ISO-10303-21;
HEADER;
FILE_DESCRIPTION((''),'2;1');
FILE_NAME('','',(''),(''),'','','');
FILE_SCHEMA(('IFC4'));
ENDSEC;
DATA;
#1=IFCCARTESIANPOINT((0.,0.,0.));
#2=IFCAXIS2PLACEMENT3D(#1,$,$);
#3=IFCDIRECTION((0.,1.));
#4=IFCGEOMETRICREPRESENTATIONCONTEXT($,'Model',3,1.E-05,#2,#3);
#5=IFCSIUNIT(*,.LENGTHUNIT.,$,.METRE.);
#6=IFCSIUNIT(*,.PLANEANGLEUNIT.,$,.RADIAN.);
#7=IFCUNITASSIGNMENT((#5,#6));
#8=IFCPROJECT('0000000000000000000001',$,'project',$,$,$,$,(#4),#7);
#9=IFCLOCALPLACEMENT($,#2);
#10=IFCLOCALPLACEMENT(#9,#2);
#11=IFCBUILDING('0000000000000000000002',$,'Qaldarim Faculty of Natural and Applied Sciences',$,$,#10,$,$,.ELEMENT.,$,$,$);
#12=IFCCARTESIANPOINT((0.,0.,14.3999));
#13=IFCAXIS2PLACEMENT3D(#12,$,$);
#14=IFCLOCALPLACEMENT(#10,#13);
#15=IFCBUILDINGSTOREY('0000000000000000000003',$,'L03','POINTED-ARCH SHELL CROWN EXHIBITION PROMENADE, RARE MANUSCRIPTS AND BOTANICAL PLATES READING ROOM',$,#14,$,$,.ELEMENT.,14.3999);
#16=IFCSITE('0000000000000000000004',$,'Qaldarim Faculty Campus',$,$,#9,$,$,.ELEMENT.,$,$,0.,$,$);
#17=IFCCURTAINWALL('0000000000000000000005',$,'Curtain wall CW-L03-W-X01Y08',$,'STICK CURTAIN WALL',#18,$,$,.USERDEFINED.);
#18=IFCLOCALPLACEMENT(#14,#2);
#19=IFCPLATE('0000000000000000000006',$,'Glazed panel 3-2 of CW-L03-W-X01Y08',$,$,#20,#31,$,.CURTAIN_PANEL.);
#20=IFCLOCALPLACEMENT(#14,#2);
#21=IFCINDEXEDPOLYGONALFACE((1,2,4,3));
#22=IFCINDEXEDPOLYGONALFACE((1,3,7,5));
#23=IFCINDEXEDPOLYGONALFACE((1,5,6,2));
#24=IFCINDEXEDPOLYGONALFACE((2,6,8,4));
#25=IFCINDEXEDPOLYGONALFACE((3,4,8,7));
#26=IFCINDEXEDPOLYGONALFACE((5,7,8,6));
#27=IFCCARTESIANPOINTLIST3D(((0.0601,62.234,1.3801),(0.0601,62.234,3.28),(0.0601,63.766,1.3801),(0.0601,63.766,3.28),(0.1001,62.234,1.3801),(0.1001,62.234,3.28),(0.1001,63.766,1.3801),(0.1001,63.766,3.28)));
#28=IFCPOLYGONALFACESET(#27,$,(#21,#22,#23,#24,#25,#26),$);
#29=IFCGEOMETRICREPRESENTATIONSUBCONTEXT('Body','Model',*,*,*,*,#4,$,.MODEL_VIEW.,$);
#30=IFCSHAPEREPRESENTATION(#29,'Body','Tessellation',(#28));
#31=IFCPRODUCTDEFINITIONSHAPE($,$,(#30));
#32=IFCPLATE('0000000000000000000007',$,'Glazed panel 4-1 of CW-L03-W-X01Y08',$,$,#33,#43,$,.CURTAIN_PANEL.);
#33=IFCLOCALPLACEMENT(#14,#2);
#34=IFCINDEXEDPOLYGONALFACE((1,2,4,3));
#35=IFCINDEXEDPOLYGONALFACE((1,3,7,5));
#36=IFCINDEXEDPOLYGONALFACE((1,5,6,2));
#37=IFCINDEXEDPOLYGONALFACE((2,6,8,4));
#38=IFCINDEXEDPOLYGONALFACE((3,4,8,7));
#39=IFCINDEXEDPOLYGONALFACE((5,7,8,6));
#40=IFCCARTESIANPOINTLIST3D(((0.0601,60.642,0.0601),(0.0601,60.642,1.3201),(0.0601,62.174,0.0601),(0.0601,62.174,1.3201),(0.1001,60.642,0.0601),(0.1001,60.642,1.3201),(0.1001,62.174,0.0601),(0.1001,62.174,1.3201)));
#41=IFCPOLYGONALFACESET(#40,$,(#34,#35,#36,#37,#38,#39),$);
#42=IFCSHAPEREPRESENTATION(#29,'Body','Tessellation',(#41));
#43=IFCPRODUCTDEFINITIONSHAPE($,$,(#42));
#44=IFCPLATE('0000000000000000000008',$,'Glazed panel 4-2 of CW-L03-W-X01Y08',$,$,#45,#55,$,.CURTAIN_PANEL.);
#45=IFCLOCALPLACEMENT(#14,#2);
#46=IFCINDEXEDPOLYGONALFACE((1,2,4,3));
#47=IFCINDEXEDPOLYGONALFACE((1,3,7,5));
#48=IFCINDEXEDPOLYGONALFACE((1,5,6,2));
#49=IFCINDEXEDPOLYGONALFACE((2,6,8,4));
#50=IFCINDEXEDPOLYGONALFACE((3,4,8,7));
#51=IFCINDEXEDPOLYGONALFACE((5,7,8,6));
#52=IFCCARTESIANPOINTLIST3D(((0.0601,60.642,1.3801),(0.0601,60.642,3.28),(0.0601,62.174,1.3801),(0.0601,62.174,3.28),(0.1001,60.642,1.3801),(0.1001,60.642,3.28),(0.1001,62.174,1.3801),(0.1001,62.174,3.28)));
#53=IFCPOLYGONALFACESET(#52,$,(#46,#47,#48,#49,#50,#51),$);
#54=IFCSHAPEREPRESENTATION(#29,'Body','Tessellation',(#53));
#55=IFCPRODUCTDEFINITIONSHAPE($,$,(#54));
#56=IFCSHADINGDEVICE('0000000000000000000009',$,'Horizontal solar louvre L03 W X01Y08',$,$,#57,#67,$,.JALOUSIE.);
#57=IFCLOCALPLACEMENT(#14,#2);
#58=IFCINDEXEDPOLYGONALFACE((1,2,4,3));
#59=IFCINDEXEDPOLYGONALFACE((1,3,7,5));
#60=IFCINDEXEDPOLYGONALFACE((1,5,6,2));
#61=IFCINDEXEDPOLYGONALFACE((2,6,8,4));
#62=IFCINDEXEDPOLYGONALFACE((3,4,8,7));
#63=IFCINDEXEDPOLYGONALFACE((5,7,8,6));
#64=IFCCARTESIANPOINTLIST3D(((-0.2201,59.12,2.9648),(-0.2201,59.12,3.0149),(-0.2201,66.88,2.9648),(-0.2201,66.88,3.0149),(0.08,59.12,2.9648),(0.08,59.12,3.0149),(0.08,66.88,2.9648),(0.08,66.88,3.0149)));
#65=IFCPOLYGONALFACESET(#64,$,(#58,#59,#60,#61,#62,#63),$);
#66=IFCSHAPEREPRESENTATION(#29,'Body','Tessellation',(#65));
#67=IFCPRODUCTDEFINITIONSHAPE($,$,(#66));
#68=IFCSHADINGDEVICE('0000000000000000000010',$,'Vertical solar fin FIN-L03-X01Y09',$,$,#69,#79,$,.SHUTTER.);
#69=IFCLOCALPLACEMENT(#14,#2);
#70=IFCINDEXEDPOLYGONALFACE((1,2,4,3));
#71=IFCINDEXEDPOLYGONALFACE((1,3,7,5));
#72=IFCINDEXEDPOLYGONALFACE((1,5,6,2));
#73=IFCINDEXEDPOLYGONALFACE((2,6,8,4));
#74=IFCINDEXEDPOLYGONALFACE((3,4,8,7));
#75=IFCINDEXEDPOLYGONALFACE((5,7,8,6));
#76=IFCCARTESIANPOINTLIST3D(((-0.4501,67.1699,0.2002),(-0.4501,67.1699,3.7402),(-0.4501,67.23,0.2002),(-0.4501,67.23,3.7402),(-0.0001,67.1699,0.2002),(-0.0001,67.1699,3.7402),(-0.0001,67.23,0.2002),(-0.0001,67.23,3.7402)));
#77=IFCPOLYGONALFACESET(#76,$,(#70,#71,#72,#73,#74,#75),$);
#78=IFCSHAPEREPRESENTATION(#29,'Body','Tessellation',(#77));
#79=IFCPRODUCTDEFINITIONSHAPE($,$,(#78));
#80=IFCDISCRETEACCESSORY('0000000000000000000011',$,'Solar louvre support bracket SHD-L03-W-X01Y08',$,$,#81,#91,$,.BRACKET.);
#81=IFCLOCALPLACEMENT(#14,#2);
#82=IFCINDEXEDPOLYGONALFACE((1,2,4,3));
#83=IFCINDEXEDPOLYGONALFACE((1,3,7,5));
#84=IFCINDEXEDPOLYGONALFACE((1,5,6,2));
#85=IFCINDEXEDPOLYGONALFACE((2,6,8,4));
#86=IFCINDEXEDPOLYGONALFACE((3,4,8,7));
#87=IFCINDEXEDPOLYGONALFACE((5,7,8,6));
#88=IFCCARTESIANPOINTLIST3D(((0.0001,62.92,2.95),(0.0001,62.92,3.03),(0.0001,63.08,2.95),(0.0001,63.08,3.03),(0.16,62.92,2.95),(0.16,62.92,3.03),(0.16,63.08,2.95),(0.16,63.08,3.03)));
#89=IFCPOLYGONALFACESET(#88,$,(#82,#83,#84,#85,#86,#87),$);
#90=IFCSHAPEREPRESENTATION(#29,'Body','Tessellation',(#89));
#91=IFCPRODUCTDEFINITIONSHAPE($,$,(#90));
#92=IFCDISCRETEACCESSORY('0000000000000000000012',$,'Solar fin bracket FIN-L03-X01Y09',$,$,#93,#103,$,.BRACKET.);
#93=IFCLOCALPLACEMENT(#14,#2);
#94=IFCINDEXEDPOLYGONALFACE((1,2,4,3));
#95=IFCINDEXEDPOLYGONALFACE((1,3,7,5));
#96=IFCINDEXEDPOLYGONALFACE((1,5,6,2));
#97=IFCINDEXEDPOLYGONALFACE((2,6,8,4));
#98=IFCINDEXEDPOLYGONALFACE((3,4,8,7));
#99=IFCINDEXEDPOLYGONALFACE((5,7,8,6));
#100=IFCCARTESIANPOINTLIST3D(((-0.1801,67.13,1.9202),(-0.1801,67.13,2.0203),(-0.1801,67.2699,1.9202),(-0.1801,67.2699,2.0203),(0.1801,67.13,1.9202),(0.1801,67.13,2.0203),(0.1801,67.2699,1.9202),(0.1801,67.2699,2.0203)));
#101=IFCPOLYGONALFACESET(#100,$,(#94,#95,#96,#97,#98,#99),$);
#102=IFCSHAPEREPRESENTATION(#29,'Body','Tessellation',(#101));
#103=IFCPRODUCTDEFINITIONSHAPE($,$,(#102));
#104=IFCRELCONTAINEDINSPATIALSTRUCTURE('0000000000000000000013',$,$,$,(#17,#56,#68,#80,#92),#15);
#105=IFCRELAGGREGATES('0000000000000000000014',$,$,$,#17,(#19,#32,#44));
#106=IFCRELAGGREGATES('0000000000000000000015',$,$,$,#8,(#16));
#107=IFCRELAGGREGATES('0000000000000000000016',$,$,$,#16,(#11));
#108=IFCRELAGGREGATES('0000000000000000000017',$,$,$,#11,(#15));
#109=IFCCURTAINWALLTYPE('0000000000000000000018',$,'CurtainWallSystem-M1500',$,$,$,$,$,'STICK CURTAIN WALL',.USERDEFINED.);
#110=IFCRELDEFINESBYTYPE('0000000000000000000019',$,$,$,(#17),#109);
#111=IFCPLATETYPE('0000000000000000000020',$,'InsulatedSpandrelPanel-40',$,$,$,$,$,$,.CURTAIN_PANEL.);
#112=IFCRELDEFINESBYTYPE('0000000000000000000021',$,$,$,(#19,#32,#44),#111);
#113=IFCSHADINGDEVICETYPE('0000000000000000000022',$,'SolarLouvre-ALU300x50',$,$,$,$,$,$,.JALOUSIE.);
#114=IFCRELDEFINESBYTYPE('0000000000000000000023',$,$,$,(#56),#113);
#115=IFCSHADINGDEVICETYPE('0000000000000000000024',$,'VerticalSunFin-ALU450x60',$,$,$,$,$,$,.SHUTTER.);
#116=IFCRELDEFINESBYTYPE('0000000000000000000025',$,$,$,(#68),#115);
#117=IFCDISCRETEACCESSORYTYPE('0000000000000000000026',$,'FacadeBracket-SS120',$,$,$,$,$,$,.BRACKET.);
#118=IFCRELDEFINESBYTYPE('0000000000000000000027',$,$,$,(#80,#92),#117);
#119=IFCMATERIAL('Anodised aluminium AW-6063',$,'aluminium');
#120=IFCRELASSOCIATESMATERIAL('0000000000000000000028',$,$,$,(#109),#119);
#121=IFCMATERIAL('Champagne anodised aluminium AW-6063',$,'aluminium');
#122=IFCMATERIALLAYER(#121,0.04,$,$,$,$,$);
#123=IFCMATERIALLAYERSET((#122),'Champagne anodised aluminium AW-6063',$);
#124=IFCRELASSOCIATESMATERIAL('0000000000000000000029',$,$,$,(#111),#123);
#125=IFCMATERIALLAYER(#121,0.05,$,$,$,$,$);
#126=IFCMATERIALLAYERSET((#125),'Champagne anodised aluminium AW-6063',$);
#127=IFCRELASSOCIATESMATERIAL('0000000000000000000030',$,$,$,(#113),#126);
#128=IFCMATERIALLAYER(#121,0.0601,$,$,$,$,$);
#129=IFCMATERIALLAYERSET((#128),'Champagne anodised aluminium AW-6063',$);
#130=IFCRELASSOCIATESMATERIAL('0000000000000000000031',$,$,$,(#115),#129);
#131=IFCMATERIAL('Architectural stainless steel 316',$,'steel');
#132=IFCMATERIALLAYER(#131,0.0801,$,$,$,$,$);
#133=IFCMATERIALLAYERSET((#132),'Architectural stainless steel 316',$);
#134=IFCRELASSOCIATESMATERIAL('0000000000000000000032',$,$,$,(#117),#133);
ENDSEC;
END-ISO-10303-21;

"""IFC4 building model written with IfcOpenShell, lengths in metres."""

from ifc_helpers import new_model, si_unit, direction, frame, origin, origin_2d, place, context, subcontext, project, spatial, rectangle, extrude, material, layer, layer_set, type_object, element, aggregate, save


model = new_model("IFC4")

# Units and contexts
model_context = context("Model", 3, precision=1e-05, world=origin(), true_north=direction((0.0, 1.0)))
body_context = subcontext(model_context, "Body", "Model", "MODEL_VIEW")
ifc_project = project(units=[si_unit("LENGTHUNIT", "METRE"), si_unit("PLANEANGLEUNIT", "RADIAN")], contexts=[model_context])

# Site, building, storey
site_placement = place(None, origin())
site = spatial("IfcSite", under=ifc_project, at=site_placement, Name="Qaldarim Faculty Campus", CompositionType="ELEMENT", RefElevation=0.0)
building_placement = place(site_placement, origin())
building = spatial("IfcBuilding", under=site, at=building_placement, Name="Qaldarim Faculty of Natural and Applied Sciences", CompositionType="ELEMENT")
storey_placement = place(building_placement, frame((0.0, 0.0, 14.3999)))
storey = spatial("IfcBuildingStorey", under=building, at=storey_placement, Name="L03", Description="POINTED-ARCH SHELL CROWN EXHIBITION PROMENADE, RARE MANUSCRIPTS AND BOTANICAL PLATES READING ROOM", CompositionType="ELEMENT", Elevation=14.3999)

# Curtain wall
ifc_material_1 = material(Name="Anodised aluminium AW-6063", Category="aluminium")
curtain_wall_type = type_object("IfcCurtainWallType", Name="CurtainWallSystem-M1500", ElementType="STICK CURTAIN WALL", PredefinedType="USERDEFINED", material=ifc_material_1)
curtain_wall_placement = place(storey_placement, origin())
curtain_wall = element("IfcCurtainWall", 1, at=curtain_wall_placement, inside=storey, type_object=curtain_wall_type, Name="Curtain wall CW-L03-W-X01Y08", ObjectType="STICK CURTAIN WALL", PredefinedType="USERDEFINED")

# Plates
ifc_material_2 = material(Name="Champagne anodised aluminium AW-6063", Category="aluminium")
ifc_layer_1 = layer(ifc_material_2, 0.04)
ifc_layer_set_1 = layer_set([ifc_layer_1], Name="Champagne anodised aluminium AW-6063")
plate_type = type_object("IfcPlateType", Name="InsulatedSpandrelPanel-40", PredefinedType="CURTAIN_PANEL", material=ifc_layer_set_1)
plate_1_placement = place(storey_placement, frame((0.0801, 63.0, 1.3801), z_axis=(0.0, 0.0, 1.0), x_axis=(0.0, -1.0, 0.0)))
plate_1 = element("IfcPlate", 2, at=plate_1_placement, type_object=plate_type, Name="Glazed panel 3-2 of CW-L03-W-X01Y08", PredefinedType="CURTAIN_PANEL", context=body_context, shape_type="SweptSolid", body=[
    extrude(rectangle(XDim=1.532, YDim=0.04, at=origin_2d()), origin(), (0.0, 0.0, 1.0), 1.8999),
])
plate_2_placement = place(storey_placement, frame((0.0801, 61.408, 0.0601), z_axis=(0.0, 0.0, 1.0), x_axis=(0.0, -1.0, 0.0)))
plate_2 = element("IfcPlate", 3, at=plate_2_placement, type_object=plate_type, Name="Glazed panel 4-1 of CW-L03-W-X01Y08", PredefinedType="CURTAIN_PANEL", context=body_context, shape_type="SweptSolid", body=[
    extrude(rectangle(XDim=1.532, YDim=0.04, at=origin_2d()), origin(), (0.0, 0.0, 1.0), 1.26),
])
plate_3_placement = place(storey_placement, frame((0.0801, 61.408, 1.3801), z_axis=(0.0, 0.0, 1.0), x_axis=(0.0, -1.0, 0.0)))
plate_3 = element("IfcPlate", 4, at=plate_3_placement, type_object=plate_type, Name="Glazed panel 4-2 of CW-L03-W-X01Y08", PredefinedType="CURTAIN_PANEL", context=body_context, shape_type="SweptSolid", body=[
    extrude(rectangle(XDim=1.532, YDim=0.04, at=origin_2d()), origin(), (0.0, 0.0, 1.0), 1.8999),
])
aggregate(curtain_wall, [plate_1, plate_2, plate_3])

# Shading devices
ifc_layer_2 = layer(ifc_material_2, 0.05)
ifc_layer_set_2 = layer_set([ifc_layer_2], Name="Champagne anodised aluminium AW-6063")
shading_device_type_1 = type_object("IfcShadingDeviceType", Name="SolarLouvre-ALU300x50", PredefinedType="JALOUSIE", material=ifc_layer_set_2)
shading_device_1_placement = place(storey_placement, frame((-0.0701, 63.0, 2.9648), z_axis=(0.0, 0.0, 1.0), x_axis=(0.0, 1.0, 0.0)))
element("IfcShadingDevice", 5, at=shading_device_1_placement, inside=storey, type_object=shading_device_type_1, Name="Horizontal solar louvre L03 W X01Y08", PredefinedType="JALOUSIE", context=body_context, shape_type="SweptSolid", body=[
    extrude(rectangle(XDim=7.76, YDim=0.3, at=origin_2d()), origin(), (0.0, 0.0, 1.0), 0.05),
])
ifc_layer_3 = layer(ifc_material_2, 0.0601)
ifc_layer_set_3 = layer_set([ifc_layer_3], Name="Champagne anodised aluminium AW-6063")
shading_device_type_2 = type_object("IfcShadingDeviceType", Name="VerticalSunFin-ALU450x60", PredefinedType="SHUTTER", material=ifc_layer_set_3)
shading_device_2_placement = place(storey_placement, frame((-0.2251, 67.2, 0.2002), z_axis=(0.0, 0.0, 1.0), x_axis=(1.0, 0.0, 0.0)))
element("IfcShadingDevice", 6, at=shading_device_2_placement, inside=storey, type_object=shading_device_type_2, Name="Vertical solar fin FIN-L03-X01Y09", PredefinedType="SHUTTER", context=body_context, shape_type="SweptSolid", body=[
    extrude(rectangle(XDim=0.45, YDim=0.0601, at=origin_2d()), origin(), (0.0, 0.0, 1.0), 3.54),
])

# Discrete accessories
ifc_material_3 = material(Name="Architectural stainless steel 316", Category="steel")
ifc_layer_4 = layer(ifc_material_3, 0.0801)
ifc_layer_set_4 = layer_set([ifc_layer_4], Name="Architectural stainless steel 316")
discrete_accessory_type = type_object("IfcDiscreteAccessoryType", Name="FacadeBracket-SS120", PredefinedType="BRACKET", material=ifc_layer_set_4)
discrete_accessory_1_placement = place(storey_placement, frame((0.0801, 63.0, 2.95), z_axis=(0.0, 0.0, 1.0), x_axis=(0.0, 1.0, 0.0)))
element("IfcDiscreteAccessory", 7, at=discrete_accessory_1_placement, inside=storey, type_object=discrete_accessory_type, Name="Solar louvre support bracket SHD-L03-W-X01Y08", PredefinedType="BRACKET", context=body_context, shape_type="SweptSolid", body=[
    extrude(rectangle(XDim=0.1599, YDim=0.1599, at=origin_2d()), origin(), (0.0, 0.0, 1.0), 0.0801),
])
discrete_accessory_2_placement = place(storey_placement, frame((0.0, 67.2, 1.9202), z_axis=(0.0, 0.0, 1.0), x_axis=(1.0, 0.0, 0.0)))
element("IfcDiscreteAccessory", 8, at=discrete_accessory_2_placement, inside=storey, type_object=discrete_accessory_type, Name="Solar fin bracket FIN-L03-X01Y09", PredefinedType="BRACKET", context=body_context, shape_type="SweptSolid", body=[
    extrude(rectangle(XDim=0.3601, YDim=0.1399, at=origin_2d()), origin(), (0.0, 0.0, 1.0), 0.1001),
])

save(model, "model.ifc")
